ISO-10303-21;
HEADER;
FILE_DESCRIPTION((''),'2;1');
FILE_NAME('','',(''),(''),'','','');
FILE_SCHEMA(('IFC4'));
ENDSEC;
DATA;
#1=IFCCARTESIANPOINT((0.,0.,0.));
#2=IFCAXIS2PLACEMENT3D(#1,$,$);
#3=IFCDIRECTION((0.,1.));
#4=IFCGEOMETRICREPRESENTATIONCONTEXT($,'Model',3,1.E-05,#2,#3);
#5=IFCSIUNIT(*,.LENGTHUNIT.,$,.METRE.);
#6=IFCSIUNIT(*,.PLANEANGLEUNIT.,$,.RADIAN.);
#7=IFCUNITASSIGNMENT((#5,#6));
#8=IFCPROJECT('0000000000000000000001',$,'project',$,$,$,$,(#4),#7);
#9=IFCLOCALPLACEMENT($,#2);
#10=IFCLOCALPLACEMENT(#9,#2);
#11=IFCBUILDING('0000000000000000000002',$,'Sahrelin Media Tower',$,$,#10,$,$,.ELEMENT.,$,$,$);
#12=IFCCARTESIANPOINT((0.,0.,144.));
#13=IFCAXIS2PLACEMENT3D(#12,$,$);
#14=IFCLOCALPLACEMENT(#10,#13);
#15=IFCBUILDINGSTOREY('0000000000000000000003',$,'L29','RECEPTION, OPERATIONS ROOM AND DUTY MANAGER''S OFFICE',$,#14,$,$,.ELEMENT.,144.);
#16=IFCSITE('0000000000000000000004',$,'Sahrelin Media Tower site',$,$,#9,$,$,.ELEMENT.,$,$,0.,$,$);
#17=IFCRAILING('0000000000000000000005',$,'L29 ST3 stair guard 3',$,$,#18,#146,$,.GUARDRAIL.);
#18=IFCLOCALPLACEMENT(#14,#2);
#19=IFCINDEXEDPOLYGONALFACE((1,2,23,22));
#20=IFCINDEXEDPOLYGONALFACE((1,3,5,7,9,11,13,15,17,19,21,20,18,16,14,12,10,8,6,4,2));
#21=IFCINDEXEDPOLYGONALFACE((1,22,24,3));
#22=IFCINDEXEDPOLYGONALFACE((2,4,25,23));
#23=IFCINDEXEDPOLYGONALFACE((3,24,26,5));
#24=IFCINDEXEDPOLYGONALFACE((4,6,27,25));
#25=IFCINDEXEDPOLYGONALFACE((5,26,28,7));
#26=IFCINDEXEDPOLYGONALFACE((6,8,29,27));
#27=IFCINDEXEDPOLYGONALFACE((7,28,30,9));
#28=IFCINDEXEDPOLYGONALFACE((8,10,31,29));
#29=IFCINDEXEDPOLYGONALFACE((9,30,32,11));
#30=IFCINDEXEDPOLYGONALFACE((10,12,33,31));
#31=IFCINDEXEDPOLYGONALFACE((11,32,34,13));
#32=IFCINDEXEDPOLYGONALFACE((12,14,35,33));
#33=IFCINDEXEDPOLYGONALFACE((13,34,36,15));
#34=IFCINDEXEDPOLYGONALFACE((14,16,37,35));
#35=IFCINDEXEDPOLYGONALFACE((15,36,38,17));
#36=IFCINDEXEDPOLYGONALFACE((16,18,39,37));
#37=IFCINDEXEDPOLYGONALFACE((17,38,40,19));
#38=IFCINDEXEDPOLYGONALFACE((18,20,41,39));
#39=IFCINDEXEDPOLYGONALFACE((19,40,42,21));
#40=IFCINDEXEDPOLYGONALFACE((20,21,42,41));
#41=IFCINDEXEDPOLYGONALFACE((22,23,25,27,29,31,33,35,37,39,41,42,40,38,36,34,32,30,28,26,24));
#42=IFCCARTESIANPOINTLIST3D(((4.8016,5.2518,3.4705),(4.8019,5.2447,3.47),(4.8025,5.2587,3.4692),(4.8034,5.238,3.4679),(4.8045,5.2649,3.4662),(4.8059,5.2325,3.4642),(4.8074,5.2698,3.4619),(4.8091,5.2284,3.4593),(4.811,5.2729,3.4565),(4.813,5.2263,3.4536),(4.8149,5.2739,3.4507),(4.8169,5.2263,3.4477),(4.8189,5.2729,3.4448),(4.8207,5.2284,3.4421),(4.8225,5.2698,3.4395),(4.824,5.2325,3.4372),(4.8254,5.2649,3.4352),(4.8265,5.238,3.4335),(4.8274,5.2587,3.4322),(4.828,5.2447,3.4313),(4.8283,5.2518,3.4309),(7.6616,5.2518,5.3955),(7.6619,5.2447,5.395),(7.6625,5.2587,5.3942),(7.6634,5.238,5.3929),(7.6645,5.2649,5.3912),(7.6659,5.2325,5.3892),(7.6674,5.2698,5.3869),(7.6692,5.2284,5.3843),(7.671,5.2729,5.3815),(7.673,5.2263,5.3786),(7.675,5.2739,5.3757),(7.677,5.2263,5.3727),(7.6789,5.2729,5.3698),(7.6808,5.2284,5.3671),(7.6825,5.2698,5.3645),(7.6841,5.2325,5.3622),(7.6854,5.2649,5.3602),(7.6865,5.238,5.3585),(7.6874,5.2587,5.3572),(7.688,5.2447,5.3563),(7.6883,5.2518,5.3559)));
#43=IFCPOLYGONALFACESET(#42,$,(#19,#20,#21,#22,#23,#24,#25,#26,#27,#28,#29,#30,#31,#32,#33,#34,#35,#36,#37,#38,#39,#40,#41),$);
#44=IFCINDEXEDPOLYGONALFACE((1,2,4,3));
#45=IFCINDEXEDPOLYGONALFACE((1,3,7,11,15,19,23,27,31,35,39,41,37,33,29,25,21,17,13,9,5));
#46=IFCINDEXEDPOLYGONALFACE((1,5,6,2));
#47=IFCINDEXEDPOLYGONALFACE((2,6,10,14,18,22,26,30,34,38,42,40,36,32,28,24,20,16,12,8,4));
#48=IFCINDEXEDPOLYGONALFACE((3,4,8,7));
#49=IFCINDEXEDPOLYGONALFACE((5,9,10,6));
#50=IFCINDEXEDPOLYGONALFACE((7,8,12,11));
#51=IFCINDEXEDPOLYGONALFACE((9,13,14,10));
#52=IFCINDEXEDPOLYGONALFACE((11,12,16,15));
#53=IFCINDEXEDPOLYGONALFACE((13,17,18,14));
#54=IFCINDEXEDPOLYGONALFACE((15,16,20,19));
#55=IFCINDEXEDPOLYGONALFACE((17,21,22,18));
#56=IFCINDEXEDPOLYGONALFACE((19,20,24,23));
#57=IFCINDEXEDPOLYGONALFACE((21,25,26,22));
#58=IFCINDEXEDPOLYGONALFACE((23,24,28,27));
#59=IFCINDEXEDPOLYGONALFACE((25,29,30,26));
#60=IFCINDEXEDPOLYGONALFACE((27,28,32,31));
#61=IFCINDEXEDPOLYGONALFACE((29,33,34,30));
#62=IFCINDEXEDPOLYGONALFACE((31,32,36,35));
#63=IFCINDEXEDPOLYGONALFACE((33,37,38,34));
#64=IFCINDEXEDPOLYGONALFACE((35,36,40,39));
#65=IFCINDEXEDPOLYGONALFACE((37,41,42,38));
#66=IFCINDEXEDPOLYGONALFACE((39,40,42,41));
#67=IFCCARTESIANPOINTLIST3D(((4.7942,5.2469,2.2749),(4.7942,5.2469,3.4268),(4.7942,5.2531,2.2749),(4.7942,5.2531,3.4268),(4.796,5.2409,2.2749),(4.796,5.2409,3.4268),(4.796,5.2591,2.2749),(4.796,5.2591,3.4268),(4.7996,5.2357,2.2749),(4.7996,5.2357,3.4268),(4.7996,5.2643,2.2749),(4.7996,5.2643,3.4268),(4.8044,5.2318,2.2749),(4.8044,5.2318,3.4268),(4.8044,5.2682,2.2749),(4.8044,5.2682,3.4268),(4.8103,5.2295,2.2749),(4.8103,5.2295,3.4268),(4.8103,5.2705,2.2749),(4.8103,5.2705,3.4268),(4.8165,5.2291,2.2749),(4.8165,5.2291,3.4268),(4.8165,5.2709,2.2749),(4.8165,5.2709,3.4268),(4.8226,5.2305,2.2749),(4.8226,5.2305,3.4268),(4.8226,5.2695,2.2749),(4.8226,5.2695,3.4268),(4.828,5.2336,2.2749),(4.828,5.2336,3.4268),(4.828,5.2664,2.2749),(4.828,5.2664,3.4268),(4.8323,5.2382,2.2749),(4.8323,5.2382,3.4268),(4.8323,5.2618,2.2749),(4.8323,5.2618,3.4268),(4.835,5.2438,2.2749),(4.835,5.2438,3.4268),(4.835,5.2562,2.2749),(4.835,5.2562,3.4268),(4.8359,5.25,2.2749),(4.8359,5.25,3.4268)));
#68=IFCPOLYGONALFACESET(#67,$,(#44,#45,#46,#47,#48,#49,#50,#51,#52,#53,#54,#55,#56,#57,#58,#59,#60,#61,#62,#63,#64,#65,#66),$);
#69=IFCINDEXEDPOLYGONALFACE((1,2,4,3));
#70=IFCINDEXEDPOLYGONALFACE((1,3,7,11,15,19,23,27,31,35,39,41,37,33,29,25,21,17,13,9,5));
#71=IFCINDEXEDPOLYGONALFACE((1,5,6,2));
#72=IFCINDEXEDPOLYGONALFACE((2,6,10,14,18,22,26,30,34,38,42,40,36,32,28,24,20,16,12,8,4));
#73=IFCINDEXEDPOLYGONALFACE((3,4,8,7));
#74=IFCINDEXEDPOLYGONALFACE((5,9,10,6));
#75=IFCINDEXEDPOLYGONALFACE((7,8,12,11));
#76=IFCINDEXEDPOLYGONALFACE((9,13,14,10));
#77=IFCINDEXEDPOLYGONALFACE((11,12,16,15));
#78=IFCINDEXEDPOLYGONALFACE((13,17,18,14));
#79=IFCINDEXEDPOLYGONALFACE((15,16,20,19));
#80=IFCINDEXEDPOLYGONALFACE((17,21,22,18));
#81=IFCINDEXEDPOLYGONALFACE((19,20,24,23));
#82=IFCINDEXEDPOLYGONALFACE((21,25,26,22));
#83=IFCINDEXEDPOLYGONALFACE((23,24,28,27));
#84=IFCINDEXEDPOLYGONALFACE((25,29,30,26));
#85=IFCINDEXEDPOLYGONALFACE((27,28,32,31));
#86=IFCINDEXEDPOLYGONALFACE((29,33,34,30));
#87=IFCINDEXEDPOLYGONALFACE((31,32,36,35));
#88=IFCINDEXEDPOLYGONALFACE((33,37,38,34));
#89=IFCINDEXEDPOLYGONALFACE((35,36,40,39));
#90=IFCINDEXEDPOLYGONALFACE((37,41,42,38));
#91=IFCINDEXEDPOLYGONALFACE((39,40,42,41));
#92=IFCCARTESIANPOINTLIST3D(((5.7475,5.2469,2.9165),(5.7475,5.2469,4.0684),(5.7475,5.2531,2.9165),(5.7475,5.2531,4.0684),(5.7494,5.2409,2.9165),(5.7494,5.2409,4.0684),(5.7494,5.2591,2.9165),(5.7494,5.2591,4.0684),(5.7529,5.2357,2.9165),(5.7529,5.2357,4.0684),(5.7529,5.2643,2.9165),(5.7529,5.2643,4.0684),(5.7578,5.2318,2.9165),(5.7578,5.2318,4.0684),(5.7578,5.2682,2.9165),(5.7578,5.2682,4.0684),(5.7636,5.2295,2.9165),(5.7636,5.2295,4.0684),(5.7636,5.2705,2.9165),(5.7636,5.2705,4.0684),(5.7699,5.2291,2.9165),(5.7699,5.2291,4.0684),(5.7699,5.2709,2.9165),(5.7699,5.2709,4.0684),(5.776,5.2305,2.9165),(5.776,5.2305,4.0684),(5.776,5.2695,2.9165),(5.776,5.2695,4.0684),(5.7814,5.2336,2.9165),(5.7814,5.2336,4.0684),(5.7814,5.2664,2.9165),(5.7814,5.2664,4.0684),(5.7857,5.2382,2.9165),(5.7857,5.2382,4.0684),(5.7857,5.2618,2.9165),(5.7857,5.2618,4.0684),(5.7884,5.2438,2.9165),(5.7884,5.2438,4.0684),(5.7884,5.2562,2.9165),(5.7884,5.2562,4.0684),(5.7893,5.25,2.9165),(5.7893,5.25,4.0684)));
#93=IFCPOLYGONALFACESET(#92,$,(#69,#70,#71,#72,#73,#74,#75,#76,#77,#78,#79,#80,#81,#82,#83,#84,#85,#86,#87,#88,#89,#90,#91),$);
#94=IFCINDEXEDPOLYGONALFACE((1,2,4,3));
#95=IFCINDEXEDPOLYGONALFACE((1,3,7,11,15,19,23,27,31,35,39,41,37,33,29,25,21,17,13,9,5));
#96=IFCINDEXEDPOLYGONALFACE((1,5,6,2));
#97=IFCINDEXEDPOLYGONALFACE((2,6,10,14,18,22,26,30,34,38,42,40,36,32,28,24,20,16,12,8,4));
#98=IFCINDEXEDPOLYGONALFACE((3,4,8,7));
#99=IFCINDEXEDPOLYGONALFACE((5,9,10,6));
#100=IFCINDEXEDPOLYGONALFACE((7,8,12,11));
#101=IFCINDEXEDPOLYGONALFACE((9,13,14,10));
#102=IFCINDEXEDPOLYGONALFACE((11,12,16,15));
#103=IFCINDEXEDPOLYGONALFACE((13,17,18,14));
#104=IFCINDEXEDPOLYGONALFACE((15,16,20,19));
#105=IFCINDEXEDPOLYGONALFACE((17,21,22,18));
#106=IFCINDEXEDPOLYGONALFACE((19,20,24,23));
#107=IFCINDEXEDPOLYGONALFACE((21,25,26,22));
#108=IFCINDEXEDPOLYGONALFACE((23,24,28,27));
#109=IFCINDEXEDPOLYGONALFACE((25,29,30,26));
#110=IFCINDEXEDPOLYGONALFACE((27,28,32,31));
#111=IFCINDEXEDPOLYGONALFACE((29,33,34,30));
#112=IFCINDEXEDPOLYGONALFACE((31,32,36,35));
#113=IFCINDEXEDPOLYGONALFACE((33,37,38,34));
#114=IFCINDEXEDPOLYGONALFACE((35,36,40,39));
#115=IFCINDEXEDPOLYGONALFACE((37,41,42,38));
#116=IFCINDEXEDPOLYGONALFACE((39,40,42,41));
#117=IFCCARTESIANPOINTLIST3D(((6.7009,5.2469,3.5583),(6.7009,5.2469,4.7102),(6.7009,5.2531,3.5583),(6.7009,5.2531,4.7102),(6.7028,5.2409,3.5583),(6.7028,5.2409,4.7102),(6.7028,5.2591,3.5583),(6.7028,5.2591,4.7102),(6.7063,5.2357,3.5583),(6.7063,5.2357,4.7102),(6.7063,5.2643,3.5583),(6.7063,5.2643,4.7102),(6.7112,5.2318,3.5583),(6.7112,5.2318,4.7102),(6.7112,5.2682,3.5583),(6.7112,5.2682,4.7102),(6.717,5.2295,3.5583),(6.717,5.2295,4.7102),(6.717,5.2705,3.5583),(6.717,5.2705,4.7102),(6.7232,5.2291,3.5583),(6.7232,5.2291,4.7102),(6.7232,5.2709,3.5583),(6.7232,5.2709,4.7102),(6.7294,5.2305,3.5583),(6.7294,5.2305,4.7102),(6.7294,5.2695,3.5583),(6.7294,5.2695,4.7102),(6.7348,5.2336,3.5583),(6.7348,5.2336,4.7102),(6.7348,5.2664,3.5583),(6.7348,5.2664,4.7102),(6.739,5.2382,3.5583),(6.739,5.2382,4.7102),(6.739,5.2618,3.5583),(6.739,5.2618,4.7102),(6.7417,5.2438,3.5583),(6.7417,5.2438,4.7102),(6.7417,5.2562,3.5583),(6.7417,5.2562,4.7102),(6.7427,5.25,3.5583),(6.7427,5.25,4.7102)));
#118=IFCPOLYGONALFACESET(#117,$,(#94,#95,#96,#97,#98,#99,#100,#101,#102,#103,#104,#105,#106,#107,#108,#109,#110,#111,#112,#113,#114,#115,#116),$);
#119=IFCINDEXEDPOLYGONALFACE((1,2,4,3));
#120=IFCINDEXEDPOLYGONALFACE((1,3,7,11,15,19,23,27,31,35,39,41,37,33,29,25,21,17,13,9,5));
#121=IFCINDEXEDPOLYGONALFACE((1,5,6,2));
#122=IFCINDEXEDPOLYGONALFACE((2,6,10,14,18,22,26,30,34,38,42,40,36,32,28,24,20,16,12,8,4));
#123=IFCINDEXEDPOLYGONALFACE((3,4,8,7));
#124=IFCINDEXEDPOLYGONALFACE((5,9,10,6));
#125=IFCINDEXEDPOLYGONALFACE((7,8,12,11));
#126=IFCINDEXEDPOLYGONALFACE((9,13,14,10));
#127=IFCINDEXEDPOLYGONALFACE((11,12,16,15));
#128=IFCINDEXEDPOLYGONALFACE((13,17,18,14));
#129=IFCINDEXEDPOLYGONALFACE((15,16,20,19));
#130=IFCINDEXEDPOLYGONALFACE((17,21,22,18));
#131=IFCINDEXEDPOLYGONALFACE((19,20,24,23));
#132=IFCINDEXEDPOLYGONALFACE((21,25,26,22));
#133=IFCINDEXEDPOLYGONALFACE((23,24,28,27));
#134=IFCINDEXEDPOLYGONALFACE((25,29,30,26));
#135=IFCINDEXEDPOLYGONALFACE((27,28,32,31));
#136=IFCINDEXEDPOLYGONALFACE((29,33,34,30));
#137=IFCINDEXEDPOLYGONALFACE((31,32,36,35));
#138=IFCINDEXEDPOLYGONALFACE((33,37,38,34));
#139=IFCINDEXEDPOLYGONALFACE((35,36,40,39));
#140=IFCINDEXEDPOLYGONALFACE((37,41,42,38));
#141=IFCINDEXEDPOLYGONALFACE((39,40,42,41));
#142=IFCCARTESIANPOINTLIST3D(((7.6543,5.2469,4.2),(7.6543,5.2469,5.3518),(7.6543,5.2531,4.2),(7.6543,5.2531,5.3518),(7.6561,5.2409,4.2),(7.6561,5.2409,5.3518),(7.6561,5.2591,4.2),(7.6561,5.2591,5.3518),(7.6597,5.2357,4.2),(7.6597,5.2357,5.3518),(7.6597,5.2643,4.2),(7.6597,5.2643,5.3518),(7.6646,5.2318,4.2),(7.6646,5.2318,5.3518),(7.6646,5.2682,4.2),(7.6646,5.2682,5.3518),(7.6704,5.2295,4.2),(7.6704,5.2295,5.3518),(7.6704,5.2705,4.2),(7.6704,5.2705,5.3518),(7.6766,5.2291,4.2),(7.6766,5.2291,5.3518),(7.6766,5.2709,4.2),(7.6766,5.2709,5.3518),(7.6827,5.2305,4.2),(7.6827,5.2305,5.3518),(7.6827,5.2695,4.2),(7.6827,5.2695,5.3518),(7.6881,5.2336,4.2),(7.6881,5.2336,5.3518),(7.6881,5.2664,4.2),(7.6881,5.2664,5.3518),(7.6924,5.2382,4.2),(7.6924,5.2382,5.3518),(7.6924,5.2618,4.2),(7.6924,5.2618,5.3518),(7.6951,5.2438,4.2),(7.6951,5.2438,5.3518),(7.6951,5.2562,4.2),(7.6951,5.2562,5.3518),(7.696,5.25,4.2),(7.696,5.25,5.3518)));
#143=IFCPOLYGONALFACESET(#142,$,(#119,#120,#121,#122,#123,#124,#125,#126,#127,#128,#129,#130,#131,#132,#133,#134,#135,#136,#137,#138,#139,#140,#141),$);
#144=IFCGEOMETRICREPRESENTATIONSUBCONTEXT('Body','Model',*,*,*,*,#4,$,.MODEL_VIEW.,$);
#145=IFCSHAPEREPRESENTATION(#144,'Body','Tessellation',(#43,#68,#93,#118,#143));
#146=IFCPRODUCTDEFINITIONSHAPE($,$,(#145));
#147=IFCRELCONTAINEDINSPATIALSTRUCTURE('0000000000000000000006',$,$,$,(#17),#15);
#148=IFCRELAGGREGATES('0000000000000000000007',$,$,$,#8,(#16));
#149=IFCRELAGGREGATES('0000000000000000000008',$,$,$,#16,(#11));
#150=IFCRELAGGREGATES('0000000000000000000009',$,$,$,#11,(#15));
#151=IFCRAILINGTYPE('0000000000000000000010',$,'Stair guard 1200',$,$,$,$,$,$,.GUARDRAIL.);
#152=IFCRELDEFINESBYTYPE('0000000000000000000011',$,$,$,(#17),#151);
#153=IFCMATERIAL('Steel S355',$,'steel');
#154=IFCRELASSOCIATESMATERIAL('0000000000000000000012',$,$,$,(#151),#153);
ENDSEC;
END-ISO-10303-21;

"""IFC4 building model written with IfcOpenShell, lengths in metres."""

from ifc_helpers import new_model, si_unit, direction, frame, origin, origin_2d, place, context, subcontext, project, spatial, circle, extrude, material, type_object, element, save


model = new_model("IFC4")

# Units and contexts
model_context = context("Model", 3, precision=1e-05, world=origin(), true_north=direction((0.0, 1.0)))
body_context = subcontext(model_context, "Body", "Model", "MODEL_VIEW")
ifc_project = project(units=[si_unit("LENGTHUNIT", "METRE"), si_unit("PLANEANGLEUNIT", "RADIAN")], contexts=[model_context])

# Site, building, storey
site_placement = place(None, origin())
site = spatial("IfcSite", under=ifc_project, at=site_placement, Name="Sahrelin Media Tower site", CompositionType="ELEMENT", RefElevation=0.0)
building_placement = place(site_placement, origin())
building = spatial("IfcBuilding", under=site, at=building_placement, Name="Sahrelin Media Tower", CompositionType="ELEMENT")
storey_placement = place(building_placement, frame((0.0, 0.0, 144.0)))
storey = spatial("IfcBuildingStorey", under=building, at=storey_placement, Name="L29", Description="RECEPTION, OPERATIONS ROOM AND DUTY MANAGER'S OFFICE", CompositionType="ELEMENT", Elevation=144.0)

# Shared definitions
ifc_material_1 = material(Name="Steel S355", Category="steel")

# Railing
railing_type_1 = type_object("IfcRailingType", Name="Stair guard 1200", PredefinedType="GUARDRAIL", material=ifc_material_1)
railing_1_placement = place(storey_placement, frame((4.8149, 5.25, 2.2749)))
element("IfcRailing", 1, at=railing_1_placement, inside=storey, type_object=railing_type_1, Name="L29 ST3 stair guard 3", PredefinedType="GUARDRAIL", context=body_context, shape_type="SweptSolid", body=[
    extrude(circle(Radius=0.0239, at=origin_2d()), frame((0.0, 0.0, 1.1758), z_axis=(0.829591, 0.0, 0.558372), x_axis=(0.0, 1.0, 0.0)), (0.0, 0.0, 1.0), 3.4475),
    extrude(circle(Radius=0.021, at=origin_2d()), origin(), (0.0, 0.0, 1.0), 1.1519),
    extrude(circle(Radius=0.021, at=origin_2d()), frame((0.9534, 0.0, 0.6416)), (0.0, 0.0, 1.0), 1.1519),
    extrude(circle(Radius=0.021, at=origin_2d()), frame((1.9067, 0.0, 1.2834)), (0.0, 0.0, 1.0), 1.1519),
    extrude(circle(Radius=0.021, at=origin_2d()), frame((2.8601, 0.0, 1.925)), (0.0, 0.0, 1.0), 1.1519),
])

save(model, "model.ifc")
